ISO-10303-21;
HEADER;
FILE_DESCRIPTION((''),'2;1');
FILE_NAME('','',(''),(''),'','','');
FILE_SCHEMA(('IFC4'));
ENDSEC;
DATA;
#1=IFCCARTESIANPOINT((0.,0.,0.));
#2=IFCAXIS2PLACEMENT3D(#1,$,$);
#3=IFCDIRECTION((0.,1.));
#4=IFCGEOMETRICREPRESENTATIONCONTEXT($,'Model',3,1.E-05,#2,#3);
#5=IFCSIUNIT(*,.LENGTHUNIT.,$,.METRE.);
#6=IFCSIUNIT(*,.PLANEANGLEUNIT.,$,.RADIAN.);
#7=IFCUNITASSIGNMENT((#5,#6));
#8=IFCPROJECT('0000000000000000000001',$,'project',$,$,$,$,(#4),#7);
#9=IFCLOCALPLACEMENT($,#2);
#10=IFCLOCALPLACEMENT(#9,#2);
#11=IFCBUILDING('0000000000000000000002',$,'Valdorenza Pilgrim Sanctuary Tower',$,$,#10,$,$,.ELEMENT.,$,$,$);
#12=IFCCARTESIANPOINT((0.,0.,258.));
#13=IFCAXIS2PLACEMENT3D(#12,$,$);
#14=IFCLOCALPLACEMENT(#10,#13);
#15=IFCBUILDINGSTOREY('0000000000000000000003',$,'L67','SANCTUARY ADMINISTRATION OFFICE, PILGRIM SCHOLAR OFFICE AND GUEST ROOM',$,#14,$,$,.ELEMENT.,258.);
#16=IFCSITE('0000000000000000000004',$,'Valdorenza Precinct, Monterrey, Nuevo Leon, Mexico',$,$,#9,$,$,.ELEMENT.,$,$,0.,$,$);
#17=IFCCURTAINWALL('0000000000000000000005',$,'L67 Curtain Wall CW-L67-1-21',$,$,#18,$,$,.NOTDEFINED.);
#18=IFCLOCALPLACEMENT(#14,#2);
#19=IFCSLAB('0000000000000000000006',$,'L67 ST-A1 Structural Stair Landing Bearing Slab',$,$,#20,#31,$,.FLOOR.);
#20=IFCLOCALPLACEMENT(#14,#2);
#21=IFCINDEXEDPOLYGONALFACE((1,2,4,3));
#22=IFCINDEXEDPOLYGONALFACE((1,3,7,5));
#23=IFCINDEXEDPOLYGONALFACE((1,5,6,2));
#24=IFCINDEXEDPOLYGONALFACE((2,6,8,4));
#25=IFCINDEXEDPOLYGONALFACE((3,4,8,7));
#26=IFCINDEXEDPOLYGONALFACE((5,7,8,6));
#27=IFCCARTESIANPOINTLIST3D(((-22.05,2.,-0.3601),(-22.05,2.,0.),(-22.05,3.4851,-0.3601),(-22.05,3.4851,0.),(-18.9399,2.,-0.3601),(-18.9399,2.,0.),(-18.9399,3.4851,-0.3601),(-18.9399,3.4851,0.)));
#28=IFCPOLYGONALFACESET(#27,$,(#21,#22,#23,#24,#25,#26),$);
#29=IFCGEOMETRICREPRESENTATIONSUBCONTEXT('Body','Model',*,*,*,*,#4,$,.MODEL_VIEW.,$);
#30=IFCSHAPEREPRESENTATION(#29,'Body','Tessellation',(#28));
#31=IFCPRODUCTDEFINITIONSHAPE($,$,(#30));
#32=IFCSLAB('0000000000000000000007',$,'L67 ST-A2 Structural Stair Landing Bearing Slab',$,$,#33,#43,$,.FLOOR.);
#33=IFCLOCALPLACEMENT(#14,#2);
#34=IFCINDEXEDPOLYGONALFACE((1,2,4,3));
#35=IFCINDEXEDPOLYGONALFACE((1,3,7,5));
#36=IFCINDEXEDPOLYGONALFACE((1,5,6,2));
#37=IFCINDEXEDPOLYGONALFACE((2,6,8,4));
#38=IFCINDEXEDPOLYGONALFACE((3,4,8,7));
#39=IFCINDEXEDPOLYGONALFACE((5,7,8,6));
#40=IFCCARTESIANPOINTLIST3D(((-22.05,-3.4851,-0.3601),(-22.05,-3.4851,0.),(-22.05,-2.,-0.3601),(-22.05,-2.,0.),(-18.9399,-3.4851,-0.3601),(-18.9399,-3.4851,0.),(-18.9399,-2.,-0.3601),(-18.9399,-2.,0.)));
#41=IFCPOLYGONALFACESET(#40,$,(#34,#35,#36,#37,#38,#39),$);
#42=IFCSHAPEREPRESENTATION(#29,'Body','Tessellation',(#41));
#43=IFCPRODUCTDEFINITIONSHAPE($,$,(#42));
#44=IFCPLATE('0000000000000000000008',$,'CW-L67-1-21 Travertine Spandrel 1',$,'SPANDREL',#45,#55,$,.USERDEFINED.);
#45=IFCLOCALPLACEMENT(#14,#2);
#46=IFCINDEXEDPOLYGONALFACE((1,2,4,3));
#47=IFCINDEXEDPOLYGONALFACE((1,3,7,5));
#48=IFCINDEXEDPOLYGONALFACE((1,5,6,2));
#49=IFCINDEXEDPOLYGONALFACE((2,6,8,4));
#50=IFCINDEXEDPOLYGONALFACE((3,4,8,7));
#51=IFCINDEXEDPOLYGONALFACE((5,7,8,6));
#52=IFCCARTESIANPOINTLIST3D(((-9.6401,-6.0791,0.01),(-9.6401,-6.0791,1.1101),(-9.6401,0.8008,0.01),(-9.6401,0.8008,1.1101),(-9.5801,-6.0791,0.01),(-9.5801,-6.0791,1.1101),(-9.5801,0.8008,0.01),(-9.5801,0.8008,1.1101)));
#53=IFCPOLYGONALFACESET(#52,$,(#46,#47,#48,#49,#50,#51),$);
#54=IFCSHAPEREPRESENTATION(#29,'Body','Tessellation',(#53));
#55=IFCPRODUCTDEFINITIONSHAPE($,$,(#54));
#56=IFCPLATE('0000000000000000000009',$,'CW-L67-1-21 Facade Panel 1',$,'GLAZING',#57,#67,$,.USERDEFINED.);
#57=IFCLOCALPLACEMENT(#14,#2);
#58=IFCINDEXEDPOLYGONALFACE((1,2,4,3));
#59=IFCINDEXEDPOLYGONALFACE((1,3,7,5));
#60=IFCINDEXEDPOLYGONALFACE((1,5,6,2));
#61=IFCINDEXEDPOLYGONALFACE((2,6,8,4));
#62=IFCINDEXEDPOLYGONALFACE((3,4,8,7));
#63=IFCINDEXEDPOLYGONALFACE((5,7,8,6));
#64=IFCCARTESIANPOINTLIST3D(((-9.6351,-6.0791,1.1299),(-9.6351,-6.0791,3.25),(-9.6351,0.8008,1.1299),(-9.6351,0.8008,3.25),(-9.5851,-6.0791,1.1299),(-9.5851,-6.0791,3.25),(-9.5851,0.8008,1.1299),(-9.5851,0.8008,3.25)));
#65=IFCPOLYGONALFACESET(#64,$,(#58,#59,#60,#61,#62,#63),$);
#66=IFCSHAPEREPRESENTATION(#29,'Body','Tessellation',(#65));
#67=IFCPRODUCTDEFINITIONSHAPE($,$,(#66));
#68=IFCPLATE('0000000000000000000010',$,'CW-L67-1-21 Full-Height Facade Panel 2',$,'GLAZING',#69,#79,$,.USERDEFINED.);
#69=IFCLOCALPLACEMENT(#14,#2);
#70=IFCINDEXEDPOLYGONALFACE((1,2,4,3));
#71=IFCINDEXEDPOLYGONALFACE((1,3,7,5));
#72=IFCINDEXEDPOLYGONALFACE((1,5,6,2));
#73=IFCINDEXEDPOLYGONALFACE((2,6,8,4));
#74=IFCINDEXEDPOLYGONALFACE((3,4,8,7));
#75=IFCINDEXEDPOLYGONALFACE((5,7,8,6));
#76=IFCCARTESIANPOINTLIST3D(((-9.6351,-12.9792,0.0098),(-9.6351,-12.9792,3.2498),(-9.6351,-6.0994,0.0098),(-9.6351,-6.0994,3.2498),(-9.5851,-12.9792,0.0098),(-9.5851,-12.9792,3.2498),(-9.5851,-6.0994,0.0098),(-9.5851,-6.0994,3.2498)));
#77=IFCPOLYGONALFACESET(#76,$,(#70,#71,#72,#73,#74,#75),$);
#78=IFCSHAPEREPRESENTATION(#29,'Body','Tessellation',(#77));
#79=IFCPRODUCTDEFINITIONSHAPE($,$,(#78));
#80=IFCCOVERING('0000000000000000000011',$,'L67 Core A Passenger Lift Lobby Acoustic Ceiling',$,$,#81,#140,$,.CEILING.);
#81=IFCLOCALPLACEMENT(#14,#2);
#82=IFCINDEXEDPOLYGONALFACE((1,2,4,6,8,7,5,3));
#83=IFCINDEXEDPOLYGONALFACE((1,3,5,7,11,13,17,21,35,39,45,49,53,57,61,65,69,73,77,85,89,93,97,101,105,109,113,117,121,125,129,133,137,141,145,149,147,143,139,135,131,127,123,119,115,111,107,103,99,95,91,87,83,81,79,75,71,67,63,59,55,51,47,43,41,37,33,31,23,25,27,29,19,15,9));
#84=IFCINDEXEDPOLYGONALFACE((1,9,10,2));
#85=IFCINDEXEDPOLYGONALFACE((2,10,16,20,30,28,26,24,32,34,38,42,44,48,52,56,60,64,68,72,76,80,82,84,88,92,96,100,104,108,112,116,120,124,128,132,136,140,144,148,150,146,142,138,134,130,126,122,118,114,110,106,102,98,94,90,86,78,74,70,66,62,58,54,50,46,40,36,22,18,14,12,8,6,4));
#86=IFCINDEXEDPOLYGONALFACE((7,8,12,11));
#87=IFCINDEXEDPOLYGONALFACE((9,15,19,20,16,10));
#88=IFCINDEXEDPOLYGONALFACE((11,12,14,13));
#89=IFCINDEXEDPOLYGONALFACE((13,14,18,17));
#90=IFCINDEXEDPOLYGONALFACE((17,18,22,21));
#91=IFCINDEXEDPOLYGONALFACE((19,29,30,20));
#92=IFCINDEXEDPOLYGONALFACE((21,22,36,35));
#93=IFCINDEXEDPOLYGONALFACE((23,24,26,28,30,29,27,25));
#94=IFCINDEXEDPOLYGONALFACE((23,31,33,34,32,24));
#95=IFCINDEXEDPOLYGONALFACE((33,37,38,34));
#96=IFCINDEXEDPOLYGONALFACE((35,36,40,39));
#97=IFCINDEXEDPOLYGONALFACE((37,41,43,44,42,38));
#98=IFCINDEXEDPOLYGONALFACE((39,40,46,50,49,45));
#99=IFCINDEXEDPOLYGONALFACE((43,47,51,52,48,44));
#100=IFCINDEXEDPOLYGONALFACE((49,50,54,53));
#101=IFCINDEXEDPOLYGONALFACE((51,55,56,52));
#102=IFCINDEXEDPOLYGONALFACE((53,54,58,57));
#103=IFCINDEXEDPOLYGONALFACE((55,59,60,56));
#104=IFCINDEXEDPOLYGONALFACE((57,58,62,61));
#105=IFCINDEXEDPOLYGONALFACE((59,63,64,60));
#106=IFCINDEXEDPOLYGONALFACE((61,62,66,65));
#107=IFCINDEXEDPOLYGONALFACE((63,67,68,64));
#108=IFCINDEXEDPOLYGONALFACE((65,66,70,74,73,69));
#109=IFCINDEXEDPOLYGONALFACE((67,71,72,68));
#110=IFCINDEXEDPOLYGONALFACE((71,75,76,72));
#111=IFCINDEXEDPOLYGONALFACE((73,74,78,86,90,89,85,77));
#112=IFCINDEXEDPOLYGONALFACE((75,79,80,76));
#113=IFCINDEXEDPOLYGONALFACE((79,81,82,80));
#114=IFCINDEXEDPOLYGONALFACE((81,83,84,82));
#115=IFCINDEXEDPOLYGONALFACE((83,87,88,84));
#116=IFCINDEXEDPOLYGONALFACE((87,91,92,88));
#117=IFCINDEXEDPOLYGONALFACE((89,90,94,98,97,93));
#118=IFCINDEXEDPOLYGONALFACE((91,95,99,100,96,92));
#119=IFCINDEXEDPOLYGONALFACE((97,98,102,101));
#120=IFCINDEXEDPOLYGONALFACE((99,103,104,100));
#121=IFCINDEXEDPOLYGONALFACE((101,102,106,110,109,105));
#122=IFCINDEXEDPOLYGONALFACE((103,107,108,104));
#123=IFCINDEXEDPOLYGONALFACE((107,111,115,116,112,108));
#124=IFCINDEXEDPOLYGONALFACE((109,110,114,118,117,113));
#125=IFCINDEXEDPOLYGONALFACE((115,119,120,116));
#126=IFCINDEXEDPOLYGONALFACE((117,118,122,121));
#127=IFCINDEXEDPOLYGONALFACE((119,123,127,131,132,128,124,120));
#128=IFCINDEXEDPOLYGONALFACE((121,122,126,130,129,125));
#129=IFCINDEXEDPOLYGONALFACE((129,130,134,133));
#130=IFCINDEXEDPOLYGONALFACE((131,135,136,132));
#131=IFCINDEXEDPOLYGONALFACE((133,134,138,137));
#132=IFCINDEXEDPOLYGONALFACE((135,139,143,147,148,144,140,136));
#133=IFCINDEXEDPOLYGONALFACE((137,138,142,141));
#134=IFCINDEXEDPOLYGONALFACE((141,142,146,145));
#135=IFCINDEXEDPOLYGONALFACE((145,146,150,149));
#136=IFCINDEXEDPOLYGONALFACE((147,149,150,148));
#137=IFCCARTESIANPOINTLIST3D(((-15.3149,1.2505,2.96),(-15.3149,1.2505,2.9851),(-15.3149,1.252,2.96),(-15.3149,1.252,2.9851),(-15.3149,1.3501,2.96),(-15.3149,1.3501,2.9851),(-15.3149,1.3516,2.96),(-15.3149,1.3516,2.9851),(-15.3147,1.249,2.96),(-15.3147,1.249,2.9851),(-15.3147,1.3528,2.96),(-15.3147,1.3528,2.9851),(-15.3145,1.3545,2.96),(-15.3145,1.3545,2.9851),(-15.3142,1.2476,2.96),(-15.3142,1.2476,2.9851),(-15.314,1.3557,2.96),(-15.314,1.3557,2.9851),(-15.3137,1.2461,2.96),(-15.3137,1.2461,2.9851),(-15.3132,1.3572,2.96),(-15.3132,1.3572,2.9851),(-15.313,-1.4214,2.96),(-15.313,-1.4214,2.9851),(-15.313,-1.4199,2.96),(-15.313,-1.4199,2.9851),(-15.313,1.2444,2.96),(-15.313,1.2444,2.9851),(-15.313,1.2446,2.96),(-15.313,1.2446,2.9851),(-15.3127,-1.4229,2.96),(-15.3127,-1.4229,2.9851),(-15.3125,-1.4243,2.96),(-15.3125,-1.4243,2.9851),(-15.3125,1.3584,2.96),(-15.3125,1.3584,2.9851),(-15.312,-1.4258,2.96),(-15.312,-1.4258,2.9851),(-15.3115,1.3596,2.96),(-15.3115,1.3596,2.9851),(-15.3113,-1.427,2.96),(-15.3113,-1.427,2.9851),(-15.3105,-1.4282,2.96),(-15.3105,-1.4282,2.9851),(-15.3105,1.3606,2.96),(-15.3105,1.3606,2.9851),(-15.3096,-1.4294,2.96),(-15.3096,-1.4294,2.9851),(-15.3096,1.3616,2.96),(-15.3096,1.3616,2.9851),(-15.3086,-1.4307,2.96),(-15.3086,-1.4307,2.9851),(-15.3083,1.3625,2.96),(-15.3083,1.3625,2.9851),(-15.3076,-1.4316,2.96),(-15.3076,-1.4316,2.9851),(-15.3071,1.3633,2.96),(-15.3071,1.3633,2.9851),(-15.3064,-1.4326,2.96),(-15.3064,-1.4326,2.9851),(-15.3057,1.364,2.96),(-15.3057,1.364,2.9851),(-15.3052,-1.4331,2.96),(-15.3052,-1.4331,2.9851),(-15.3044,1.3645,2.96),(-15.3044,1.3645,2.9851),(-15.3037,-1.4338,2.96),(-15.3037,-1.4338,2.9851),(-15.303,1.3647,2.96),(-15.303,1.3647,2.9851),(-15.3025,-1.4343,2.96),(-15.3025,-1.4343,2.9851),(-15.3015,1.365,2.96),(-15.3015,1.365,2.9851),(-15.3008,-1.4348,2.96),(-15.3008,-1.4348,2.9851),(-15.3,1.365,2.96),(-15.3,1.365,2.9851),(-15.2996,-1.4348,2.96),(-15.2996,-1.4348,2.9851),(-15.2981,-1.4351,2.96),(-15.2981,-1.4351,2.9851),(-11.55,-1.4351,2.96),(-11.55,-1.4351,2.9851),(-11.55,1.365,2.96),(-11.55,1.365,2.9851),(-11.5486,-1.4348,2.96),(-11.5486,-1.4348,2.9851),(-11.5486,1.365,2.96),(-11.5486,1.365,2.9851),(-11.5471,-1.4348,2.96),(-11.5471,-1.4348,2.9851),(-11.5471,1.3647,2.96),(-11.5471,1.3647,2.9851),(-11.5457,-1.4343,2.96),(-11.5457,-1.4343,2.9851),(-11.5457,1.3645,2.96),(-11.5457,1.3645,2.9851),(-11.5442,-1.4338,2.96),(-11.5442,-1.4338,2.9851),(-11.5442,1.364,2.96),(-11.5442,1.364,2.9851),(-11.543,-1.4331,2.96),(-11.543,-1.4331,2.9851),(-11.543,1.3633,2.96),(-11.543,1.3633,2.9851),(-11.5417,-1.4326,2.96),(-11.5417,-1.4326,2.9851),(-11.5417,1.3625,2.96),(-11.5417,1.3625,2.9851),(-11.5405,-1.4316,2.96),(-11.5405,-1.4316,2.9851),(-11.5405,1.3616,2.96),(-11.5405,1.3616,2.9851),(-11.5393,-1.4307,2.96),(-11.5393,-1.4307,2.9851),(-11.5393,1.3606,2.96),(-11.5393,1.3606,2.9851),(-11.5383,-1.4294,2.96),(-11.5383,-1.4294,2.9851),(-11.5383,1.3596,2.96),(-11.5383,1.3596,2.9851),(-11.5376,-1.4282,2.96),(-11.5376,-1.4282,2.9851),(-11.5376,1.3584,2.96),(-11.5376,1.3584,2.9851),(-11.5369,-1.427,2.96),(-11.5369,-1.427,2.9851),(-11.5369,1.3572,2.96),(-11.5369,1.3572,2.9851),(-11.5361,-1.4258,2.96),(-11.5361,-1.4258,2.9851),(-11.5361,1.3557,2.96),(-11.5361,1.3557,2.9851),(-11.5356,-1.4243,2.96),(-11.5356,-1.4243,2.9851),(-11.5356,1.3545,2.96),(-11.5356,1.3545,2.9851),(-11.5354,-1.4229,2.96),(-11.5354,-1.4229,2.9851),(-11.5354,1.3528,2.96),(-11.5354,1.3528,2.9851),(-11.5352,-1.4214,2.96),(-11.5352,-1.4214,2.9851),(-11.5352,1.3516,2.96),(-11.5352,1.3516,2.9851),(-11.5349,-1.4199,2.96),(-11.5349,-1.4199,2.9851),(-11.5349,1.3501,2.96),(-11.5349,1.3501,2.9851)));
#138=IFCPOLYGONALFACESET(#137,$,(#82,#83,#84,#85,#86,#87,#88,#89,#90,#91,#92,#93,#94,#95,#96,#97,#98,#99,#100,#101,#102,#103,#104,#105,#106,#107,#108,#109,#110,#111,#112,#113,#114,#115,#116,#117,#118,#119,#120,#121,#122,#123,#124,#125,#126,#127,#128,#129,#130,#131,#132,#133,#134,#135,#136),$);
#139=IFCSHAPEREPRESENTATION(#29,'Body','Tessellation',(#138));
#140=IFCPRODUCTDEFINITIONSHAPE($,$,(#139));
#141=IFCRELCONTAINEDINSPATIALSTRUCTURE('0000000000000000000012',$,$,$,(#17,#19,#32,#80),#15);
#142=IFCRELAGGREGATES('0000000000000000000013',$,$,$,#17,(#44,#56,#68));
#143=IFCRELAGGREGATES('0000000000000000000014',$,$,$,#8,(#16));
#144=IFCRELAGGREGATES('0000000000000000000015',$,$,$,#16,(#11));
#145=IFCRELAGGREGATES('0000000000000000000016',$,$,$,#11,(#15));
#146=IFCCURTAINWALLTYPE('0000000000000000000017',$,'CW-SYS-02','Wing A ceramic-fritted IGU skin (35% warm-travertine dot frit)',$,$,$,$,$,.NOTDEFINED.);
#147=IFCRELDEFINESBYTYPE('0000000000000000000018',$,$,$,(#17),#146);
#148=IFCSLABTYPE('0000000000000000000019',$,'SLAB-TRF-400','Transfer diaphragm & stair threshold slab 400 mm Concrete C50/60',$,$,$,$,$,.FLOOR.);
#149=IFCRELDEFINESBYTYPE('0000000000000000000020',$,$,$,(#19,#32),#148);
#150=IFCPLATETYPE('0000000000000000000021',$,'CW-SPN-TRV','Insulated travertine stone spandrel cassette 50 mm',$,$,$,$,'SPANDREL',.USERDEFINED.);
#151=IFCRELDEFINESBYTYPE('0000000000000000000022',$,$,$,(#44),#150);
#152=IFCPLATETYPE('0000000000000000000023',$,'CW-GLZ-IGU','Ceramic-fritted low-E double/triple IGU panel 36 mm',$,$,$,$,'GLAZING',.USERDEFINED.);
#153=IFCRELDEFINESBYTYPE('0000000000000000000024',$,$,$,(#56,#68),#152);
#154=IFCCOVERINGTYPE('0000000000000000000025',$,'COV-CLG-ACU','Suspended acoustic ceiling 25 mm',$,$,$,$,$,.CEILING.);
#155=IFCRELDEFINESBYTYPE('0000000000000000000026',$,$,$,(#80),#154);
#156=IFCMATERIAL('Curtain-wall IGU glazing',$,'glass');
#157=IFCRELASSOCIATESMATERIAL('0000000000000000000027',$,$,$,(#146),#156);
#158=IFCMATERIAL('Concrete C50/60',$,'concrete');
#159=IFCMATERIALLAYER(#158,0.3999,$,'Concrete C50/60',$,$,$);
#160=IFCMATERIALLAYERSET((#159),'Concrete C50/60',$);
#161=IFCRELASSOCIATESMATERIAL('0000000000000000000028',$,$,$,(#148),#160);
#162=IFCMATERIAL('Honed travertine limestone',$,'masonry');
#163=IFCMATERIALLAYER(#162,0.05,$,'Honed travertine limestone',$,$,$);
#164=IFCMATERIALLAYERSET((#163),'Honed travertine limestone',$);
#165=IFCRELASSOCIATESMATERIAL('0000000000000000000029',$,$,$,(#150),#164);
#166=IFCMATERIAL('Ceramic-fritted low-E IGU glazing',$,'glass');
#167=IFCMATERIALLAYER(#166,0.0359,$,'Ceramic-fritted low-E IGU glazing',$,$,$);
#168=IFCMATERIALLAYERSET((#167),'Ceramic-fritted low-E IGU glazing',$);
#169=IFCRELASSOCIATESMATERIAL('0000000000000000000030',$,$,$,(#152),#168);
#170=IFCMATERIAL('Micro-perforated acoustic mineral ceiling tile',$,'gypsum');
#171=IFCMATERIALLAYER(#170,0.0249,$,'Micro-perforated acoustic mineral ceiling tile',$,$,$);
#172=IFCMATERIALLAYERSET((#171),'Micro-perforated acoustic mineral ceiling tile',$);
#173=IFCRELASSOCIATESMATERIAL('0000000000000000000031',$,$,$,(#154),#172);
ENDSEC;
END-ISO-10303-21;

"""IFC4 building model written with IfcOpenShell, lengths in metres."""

from ifc_helpers import new_model, si_unit, direction, frame, origin, origin_2d, place, context, subcontext, project, spatial, polyline, rectangle, outline, extrude, source, transform, mapped, material, layer, layer_set, type_object, element, aggregate, save


model = new_model("IFC4")

# Units and contexts
model_context = context("Model", 3, precision=1e-05, world=origin(), true_north=direction((0.0, 1.0)))
body_context = subcontext(model_context, "Body", "Model", "MODEL_VIEW")
ifc_project = project(units=[si_unit("LENGTHUNIT", "METRE"), si_unit("PLANEANGLEUNIT", "RADIAN")], contexts=[model_context])

# Site, building, storey
site_placement = place(None, origin())
site = spatial("IfcSite", under=ifc_project, at=site_placement, Name="Valdorenza Precinct, Monterrey, Nuevo Leon, Mexico", CompositionType="ELEMENT", RefElevation=0.0)
building_placement = place(site_placement, origin())
building = spatial("IfcBuilding", under=site, at=building_placement, Name="Valdorenza Pilgrim Sanctuary Tower", CompositionType="ELEMENT")
storey_placement = place(building_placement, frame((0.0, 0.0, 258.0)))
storey = spatial("IfcBuildingStorey", under=building, at=storey_placement, Name="L67", Description="SANCTUARY ADMINISTRATION OFFICE, PILGRIM SCHOLAR OFFICE AND GUEST ROOM", CompositionType="ELEMENT", Elevation=258.0)

# Curtain wall
ifc_material_1 = material(Name="Curtain-wall IGU glazing", Category="glass")
curtain_wall_type = type_object("IfcCurtainWallType", Name="CW-SYS-02", Description="Wing A ceramic-fritted IGU skin (35% warm-travertine dot frit)", PredefinedType="NOTDEFINED", material=ifc_material_1)
curtain_wall_placement = place(storey_placement, origin())
curtain_wall = element("IfcCurtainWall", 1, at=curtain_wall_placement, inside=storey, type_object=curtain_wall_type, Name="L67 Curtain Wall CW-L67-1-21", PredefinedType="NOTDEFINED")

# Slabs
ifc_material_2 = material(Name="Concrete C50/60", Category="concrete")
ifc_layer_1 = layer(ifc_material_2, 0.3999, Name="Concrete C50/60")
ifc_layer_set_1 = layer_set([ifc_layer_1], Name="Concrete C50/60")
slab_type_1 = type_object("IfcSlabType", Name="SLAB-TRF-400", Description="Transfer diaphragm & stair threshold slab 400 mm Concrete C50/60", PredefinedType="FLOOR", material=ifc_layer_set_1)
slab_1_placement = place(storey_placement, frame((0.0, 0.0, -0.3601)))
element("IfcSlab", 2, at=slab_1_placement, inside=storey, type_object=slab_type_1, Name="L67 ST-A1 Structural Stair Landing Bearing Slab", PredefinedType="FLOOR", context=body_context, shape_type="SweptSolid", body=[
    extrude(outline(polyline([(-22.05, 2.0), (-18.9399, 2.0), (-18.9399, 3.4851), (-22.05, 3.4851), (-22.05, 2.0)])), origin(), (0.0, 0.0, 1.0), 0.3601),
])
slab_2_placement = place(storey_placement, frame((0.0, 0.0, -0.3601)))
element("IfcSlab", 3, at=slab_2_placement, inside=storey, type_object=slab_type_1, Name="L67 ST-A2 Structural Stair Landing Bearing Slab", PredefinedType="FLOOR", context=body_context, shape_type="SweptSolid", body=[
    extrude(outline(polyline([(-22.05, -3.4851), (-18.9399, -3.4851), (-18.9399, -2.0), (-22.05, -2.0), (-22.05, -3.4851)])), origin(), (0.0, 0.0, 1.0), 0.3601),
])

# Plates
ifc_material_3 = material(Name="Honed travertine limestone", Category="masonry")
ifc_layer_2 = layer(ifc_material_3, 0.05, Name="Honed travertine limestone")
ifc_layer_set_2 = layer_set([ifc_layer_2], Name="Honed travertine limestone")
plate_type_1 = type_object("IfcPlateType", Name="CW-SPN-TRV", Description="Insulated travertine stone spandrel cassette 50 mm", ElementType="SPANDREL", PredefinedType="USERDEFINED", material=ifc_layer_set_2)
shared_shape_1 = source(origin(), body_context, "Body", "SweptSolid", [
    extrude(rectangle(XDim=6.8799, YDim=0.0601, at=origin_2d()), origin(), (0.0, 0.0, 1.0), 1.1001),
])
plate_1_placement = place(storey_placement, frame((-9.6101, -2.6392, 0.01), z_axis=(0.0, 0.0, 1.0), x_axis=(0.0, -1.0, 0.0)))
plate_1 = element("IfcPlate", 4, at=plate_1_placement, type_object=plate_type_1, Name="CW-L67-1-21 Travertine Spandrel 1", ObjectType="SPANDREL", PredefinedType="USERDEFINED", context=body_context, shape_type="MappedRepresentation", body=[
    mapped(shared_shape_1, transform((0.0, 0.0, 0.0), x_axis=(1.0, 0.0, 0.0), y_axis=(0.0, 1.0, 0.0), z_axis=(0.0, 0.0, 1.0), scale=1.0)),
])
ifc_material_4 = material(Name="Ceramic-fritted low-E IGU glazing", Category="glass")
ifc_layer_3 = layer(ifc_material_4, 0.0359, Name="Ceramic-fritted low-E IGU glazing")
ifc_layer_set_3 = layer_set([ifc_layer_3], Name="Ceramic-fritted low-E IGU glazing")
plate_type_2 = type_object("IfcPlateType", Name="CW-GLZ-IGU", Description="Ceramic-fritted low-E double/triple IGU panel 36 mm", ElementType="GLAZING", PredefinedType="USERDEFINED", material=ifc_layer_set_3)
shared_shape_2 = source(origin(), body_context, "Body", "SweptSolid", [
    extrude(rectangle(XDim=6.8799, YDim=0.05, at=origin_2d()), origin(), (0.0, 0.0, 1.0), 2.1201),
])
plate_2_placement = place(storey_placement, frame((-9.6101, -2.6392, 1.1299), z_axis=(0.0, 0.0, 1.0), x_axis=(0.0, -1.0, 0.0)))
plate_2 = element("IfcPlate", 5, at=plate_2_placement, type_object=plate_type_2, Name="CW-L67-1-21 Facade Panel 1", ObjectType="GLAZING", PredefinedType="USERDEFINED", context=body_context, shape_type="MappedRepresentation", body=[
    mapped(shared_shape_2, transform((0.0, 0.0, 0.0), x_axis=(1.0, 0.0, 0.0), y_axis=(0.0, 1.0, 0.0), z_axis=(0.0, 0.0, 1.0), scale=1.0)),
])
shared_shape_3 = source(origin(), body_context, "Body", "SweptSolid", [
    extrude(rectangle(XDim=6.8799, YDim=0.05, at=origin_2d()), origin(), (0.0, 0.0, 1.0), 3.24),
])
plate_3_placement = place(storey_placement, frame((-9.6101, -9.5393, 0.0098), z_axis=(0.0, 0.0, 1.0), x_axis=(0.0, -1.0, 0.0)))
plate_3 = element("IfcPlate", 6, at=plate_3_placement, type_object=plate_type_2, Name="CW-L67-1-21 Full-Height Facade Panel 2", ObjectType="GLAZING", PredefinedType="USERDEFINED", context=body_context, shape_type="MappedRepresentation", body=[
    mapped(shared_shape_3, transform((0.0, 0.0, 0.0), x_axis=(1.0, 0.0, 0.0), y_axis=(0.0, 1.0, 0.0), z_axis=(0.0, 0.0, 1.0), scale=1.0)),
])
aggregate(curtain_wall, [plate_1, plate_2, plate_3])

# Covering
ifc_material_5 = material(Name="Micro-perforated acoustic mineral ceiling tile", Category="gypsum")
ifc_layer_4 = layer(ifc_material_5, 0.0249, Name="Micro-perforated acoustic mineral ceiling tile")
ifc_layer_set_4 = layer_set([ifc_layer_4], Name="Micro-perforated acoustic mineral ceiling tile")
covering_type_1 = type_object("IfcCoveringType", Name="COV-CLG-ACU", Description="Suspended acoustic ceiling 25 mm", PredefinedType="CEILING", material=ifc_layer_set_4)
covering_1_placement = place(storey_placement, frame((0.0, 0.0, 2.96)))
element("IfcCovering", 7, at=covering_1_placement, inside=storey, type_object=covering_type_1, Name="L67 Core A Passenger Lift Lobby Acoustic Ceiling", PredefinedType="CEILING", context=body_context, shape_type="SweptSolid", body=[
    extrude(outline(polyline([(-15.3149, 1.3501), (-15.3149, 1.3516), (-15.3147, 1.3528), (-15.3145, 1.3545), (-15.314, 1.3557), (-15.3132, 1.3572), (-15.3125, 1.3584), (-15.3115, 1.3596), (-15.3105, 1.3606), (-15.3096, 1.3616), (-15.3083, 1.3625), (-15.3071, 1.3633), (-15.3057, 1.364), (-15.3044, 1.3645), (-15.303, 1.3647), (-15.3015, 1.365), (-15.3, 1.365), (-11.55, 1.365), (-11.5486, 1.365), (-11.5471, 1.3647), (-11.5457, 1.3645), (-11.5442, 1.364), (-11.543, 1.3633), (-11.5417, 1.3625), (-11.5405, 1.3616), (-11.5393, 1.3606), (-11.5383, 1.3596), (-11.5376, 1.3584), (-11.5369, 1.3572), (-11.5361, 1.3557), (-11.5356, 1.3545), (-11.5354, 1.3528), (-11.5352, 1.3516), (-11.5349, 1.3501), (-11.5349, -1.4199), (-11.5352, -1.4214), (-11.5354, -1.4229), (-11.5356, -1.4243), (-11.5361, -1.4258), (-11.5369, -1.427), (-11.5376, -1.4282), (-11.5383, -1.4294), (-11.5393, -1.4307), (-11.5405, -1.4316), (-11.5417, -1.4326), (-11.543, -1.4331), (-11.5442, -1.4338), (-11.5457, -1.4343), (-11.5471, -1.4348), (-11.5486, -1.4348), (-11.55, -1.4351), (-15.2981, -1.4351), (-15.2996, -1.4348), (-15.3008, -1.4348), (-15.3025, -1.4343), (-15.3037, -1.4338), (-15.3052, -1.4331), (-15.3064, -1.4326), (-15.3076, -1.4316), (-15.3086, -1.4307), (-15.3096, -1.4294), (-15.3105, -1.4282), (-15.3113, -1.427), (-15.312, -1.4258), (-15.3125, -1.4243), (-15.3127, -1.4229), (-15.313, -1.4214), (-15.313, -1.4199), (-15.313, 1.2444), (-15.313, 1.2446), (-15.3137, 1.2461), (-15.3142, 1.2476), (-15.3147, 1.249), (-15.3149, 1.2505), (-15.3149, 1.252), (-15.3149, 1.3501)])), origin(), (0.0, 0.0, 1.0), 0.0251),
])

save(model, "model.ifc")
